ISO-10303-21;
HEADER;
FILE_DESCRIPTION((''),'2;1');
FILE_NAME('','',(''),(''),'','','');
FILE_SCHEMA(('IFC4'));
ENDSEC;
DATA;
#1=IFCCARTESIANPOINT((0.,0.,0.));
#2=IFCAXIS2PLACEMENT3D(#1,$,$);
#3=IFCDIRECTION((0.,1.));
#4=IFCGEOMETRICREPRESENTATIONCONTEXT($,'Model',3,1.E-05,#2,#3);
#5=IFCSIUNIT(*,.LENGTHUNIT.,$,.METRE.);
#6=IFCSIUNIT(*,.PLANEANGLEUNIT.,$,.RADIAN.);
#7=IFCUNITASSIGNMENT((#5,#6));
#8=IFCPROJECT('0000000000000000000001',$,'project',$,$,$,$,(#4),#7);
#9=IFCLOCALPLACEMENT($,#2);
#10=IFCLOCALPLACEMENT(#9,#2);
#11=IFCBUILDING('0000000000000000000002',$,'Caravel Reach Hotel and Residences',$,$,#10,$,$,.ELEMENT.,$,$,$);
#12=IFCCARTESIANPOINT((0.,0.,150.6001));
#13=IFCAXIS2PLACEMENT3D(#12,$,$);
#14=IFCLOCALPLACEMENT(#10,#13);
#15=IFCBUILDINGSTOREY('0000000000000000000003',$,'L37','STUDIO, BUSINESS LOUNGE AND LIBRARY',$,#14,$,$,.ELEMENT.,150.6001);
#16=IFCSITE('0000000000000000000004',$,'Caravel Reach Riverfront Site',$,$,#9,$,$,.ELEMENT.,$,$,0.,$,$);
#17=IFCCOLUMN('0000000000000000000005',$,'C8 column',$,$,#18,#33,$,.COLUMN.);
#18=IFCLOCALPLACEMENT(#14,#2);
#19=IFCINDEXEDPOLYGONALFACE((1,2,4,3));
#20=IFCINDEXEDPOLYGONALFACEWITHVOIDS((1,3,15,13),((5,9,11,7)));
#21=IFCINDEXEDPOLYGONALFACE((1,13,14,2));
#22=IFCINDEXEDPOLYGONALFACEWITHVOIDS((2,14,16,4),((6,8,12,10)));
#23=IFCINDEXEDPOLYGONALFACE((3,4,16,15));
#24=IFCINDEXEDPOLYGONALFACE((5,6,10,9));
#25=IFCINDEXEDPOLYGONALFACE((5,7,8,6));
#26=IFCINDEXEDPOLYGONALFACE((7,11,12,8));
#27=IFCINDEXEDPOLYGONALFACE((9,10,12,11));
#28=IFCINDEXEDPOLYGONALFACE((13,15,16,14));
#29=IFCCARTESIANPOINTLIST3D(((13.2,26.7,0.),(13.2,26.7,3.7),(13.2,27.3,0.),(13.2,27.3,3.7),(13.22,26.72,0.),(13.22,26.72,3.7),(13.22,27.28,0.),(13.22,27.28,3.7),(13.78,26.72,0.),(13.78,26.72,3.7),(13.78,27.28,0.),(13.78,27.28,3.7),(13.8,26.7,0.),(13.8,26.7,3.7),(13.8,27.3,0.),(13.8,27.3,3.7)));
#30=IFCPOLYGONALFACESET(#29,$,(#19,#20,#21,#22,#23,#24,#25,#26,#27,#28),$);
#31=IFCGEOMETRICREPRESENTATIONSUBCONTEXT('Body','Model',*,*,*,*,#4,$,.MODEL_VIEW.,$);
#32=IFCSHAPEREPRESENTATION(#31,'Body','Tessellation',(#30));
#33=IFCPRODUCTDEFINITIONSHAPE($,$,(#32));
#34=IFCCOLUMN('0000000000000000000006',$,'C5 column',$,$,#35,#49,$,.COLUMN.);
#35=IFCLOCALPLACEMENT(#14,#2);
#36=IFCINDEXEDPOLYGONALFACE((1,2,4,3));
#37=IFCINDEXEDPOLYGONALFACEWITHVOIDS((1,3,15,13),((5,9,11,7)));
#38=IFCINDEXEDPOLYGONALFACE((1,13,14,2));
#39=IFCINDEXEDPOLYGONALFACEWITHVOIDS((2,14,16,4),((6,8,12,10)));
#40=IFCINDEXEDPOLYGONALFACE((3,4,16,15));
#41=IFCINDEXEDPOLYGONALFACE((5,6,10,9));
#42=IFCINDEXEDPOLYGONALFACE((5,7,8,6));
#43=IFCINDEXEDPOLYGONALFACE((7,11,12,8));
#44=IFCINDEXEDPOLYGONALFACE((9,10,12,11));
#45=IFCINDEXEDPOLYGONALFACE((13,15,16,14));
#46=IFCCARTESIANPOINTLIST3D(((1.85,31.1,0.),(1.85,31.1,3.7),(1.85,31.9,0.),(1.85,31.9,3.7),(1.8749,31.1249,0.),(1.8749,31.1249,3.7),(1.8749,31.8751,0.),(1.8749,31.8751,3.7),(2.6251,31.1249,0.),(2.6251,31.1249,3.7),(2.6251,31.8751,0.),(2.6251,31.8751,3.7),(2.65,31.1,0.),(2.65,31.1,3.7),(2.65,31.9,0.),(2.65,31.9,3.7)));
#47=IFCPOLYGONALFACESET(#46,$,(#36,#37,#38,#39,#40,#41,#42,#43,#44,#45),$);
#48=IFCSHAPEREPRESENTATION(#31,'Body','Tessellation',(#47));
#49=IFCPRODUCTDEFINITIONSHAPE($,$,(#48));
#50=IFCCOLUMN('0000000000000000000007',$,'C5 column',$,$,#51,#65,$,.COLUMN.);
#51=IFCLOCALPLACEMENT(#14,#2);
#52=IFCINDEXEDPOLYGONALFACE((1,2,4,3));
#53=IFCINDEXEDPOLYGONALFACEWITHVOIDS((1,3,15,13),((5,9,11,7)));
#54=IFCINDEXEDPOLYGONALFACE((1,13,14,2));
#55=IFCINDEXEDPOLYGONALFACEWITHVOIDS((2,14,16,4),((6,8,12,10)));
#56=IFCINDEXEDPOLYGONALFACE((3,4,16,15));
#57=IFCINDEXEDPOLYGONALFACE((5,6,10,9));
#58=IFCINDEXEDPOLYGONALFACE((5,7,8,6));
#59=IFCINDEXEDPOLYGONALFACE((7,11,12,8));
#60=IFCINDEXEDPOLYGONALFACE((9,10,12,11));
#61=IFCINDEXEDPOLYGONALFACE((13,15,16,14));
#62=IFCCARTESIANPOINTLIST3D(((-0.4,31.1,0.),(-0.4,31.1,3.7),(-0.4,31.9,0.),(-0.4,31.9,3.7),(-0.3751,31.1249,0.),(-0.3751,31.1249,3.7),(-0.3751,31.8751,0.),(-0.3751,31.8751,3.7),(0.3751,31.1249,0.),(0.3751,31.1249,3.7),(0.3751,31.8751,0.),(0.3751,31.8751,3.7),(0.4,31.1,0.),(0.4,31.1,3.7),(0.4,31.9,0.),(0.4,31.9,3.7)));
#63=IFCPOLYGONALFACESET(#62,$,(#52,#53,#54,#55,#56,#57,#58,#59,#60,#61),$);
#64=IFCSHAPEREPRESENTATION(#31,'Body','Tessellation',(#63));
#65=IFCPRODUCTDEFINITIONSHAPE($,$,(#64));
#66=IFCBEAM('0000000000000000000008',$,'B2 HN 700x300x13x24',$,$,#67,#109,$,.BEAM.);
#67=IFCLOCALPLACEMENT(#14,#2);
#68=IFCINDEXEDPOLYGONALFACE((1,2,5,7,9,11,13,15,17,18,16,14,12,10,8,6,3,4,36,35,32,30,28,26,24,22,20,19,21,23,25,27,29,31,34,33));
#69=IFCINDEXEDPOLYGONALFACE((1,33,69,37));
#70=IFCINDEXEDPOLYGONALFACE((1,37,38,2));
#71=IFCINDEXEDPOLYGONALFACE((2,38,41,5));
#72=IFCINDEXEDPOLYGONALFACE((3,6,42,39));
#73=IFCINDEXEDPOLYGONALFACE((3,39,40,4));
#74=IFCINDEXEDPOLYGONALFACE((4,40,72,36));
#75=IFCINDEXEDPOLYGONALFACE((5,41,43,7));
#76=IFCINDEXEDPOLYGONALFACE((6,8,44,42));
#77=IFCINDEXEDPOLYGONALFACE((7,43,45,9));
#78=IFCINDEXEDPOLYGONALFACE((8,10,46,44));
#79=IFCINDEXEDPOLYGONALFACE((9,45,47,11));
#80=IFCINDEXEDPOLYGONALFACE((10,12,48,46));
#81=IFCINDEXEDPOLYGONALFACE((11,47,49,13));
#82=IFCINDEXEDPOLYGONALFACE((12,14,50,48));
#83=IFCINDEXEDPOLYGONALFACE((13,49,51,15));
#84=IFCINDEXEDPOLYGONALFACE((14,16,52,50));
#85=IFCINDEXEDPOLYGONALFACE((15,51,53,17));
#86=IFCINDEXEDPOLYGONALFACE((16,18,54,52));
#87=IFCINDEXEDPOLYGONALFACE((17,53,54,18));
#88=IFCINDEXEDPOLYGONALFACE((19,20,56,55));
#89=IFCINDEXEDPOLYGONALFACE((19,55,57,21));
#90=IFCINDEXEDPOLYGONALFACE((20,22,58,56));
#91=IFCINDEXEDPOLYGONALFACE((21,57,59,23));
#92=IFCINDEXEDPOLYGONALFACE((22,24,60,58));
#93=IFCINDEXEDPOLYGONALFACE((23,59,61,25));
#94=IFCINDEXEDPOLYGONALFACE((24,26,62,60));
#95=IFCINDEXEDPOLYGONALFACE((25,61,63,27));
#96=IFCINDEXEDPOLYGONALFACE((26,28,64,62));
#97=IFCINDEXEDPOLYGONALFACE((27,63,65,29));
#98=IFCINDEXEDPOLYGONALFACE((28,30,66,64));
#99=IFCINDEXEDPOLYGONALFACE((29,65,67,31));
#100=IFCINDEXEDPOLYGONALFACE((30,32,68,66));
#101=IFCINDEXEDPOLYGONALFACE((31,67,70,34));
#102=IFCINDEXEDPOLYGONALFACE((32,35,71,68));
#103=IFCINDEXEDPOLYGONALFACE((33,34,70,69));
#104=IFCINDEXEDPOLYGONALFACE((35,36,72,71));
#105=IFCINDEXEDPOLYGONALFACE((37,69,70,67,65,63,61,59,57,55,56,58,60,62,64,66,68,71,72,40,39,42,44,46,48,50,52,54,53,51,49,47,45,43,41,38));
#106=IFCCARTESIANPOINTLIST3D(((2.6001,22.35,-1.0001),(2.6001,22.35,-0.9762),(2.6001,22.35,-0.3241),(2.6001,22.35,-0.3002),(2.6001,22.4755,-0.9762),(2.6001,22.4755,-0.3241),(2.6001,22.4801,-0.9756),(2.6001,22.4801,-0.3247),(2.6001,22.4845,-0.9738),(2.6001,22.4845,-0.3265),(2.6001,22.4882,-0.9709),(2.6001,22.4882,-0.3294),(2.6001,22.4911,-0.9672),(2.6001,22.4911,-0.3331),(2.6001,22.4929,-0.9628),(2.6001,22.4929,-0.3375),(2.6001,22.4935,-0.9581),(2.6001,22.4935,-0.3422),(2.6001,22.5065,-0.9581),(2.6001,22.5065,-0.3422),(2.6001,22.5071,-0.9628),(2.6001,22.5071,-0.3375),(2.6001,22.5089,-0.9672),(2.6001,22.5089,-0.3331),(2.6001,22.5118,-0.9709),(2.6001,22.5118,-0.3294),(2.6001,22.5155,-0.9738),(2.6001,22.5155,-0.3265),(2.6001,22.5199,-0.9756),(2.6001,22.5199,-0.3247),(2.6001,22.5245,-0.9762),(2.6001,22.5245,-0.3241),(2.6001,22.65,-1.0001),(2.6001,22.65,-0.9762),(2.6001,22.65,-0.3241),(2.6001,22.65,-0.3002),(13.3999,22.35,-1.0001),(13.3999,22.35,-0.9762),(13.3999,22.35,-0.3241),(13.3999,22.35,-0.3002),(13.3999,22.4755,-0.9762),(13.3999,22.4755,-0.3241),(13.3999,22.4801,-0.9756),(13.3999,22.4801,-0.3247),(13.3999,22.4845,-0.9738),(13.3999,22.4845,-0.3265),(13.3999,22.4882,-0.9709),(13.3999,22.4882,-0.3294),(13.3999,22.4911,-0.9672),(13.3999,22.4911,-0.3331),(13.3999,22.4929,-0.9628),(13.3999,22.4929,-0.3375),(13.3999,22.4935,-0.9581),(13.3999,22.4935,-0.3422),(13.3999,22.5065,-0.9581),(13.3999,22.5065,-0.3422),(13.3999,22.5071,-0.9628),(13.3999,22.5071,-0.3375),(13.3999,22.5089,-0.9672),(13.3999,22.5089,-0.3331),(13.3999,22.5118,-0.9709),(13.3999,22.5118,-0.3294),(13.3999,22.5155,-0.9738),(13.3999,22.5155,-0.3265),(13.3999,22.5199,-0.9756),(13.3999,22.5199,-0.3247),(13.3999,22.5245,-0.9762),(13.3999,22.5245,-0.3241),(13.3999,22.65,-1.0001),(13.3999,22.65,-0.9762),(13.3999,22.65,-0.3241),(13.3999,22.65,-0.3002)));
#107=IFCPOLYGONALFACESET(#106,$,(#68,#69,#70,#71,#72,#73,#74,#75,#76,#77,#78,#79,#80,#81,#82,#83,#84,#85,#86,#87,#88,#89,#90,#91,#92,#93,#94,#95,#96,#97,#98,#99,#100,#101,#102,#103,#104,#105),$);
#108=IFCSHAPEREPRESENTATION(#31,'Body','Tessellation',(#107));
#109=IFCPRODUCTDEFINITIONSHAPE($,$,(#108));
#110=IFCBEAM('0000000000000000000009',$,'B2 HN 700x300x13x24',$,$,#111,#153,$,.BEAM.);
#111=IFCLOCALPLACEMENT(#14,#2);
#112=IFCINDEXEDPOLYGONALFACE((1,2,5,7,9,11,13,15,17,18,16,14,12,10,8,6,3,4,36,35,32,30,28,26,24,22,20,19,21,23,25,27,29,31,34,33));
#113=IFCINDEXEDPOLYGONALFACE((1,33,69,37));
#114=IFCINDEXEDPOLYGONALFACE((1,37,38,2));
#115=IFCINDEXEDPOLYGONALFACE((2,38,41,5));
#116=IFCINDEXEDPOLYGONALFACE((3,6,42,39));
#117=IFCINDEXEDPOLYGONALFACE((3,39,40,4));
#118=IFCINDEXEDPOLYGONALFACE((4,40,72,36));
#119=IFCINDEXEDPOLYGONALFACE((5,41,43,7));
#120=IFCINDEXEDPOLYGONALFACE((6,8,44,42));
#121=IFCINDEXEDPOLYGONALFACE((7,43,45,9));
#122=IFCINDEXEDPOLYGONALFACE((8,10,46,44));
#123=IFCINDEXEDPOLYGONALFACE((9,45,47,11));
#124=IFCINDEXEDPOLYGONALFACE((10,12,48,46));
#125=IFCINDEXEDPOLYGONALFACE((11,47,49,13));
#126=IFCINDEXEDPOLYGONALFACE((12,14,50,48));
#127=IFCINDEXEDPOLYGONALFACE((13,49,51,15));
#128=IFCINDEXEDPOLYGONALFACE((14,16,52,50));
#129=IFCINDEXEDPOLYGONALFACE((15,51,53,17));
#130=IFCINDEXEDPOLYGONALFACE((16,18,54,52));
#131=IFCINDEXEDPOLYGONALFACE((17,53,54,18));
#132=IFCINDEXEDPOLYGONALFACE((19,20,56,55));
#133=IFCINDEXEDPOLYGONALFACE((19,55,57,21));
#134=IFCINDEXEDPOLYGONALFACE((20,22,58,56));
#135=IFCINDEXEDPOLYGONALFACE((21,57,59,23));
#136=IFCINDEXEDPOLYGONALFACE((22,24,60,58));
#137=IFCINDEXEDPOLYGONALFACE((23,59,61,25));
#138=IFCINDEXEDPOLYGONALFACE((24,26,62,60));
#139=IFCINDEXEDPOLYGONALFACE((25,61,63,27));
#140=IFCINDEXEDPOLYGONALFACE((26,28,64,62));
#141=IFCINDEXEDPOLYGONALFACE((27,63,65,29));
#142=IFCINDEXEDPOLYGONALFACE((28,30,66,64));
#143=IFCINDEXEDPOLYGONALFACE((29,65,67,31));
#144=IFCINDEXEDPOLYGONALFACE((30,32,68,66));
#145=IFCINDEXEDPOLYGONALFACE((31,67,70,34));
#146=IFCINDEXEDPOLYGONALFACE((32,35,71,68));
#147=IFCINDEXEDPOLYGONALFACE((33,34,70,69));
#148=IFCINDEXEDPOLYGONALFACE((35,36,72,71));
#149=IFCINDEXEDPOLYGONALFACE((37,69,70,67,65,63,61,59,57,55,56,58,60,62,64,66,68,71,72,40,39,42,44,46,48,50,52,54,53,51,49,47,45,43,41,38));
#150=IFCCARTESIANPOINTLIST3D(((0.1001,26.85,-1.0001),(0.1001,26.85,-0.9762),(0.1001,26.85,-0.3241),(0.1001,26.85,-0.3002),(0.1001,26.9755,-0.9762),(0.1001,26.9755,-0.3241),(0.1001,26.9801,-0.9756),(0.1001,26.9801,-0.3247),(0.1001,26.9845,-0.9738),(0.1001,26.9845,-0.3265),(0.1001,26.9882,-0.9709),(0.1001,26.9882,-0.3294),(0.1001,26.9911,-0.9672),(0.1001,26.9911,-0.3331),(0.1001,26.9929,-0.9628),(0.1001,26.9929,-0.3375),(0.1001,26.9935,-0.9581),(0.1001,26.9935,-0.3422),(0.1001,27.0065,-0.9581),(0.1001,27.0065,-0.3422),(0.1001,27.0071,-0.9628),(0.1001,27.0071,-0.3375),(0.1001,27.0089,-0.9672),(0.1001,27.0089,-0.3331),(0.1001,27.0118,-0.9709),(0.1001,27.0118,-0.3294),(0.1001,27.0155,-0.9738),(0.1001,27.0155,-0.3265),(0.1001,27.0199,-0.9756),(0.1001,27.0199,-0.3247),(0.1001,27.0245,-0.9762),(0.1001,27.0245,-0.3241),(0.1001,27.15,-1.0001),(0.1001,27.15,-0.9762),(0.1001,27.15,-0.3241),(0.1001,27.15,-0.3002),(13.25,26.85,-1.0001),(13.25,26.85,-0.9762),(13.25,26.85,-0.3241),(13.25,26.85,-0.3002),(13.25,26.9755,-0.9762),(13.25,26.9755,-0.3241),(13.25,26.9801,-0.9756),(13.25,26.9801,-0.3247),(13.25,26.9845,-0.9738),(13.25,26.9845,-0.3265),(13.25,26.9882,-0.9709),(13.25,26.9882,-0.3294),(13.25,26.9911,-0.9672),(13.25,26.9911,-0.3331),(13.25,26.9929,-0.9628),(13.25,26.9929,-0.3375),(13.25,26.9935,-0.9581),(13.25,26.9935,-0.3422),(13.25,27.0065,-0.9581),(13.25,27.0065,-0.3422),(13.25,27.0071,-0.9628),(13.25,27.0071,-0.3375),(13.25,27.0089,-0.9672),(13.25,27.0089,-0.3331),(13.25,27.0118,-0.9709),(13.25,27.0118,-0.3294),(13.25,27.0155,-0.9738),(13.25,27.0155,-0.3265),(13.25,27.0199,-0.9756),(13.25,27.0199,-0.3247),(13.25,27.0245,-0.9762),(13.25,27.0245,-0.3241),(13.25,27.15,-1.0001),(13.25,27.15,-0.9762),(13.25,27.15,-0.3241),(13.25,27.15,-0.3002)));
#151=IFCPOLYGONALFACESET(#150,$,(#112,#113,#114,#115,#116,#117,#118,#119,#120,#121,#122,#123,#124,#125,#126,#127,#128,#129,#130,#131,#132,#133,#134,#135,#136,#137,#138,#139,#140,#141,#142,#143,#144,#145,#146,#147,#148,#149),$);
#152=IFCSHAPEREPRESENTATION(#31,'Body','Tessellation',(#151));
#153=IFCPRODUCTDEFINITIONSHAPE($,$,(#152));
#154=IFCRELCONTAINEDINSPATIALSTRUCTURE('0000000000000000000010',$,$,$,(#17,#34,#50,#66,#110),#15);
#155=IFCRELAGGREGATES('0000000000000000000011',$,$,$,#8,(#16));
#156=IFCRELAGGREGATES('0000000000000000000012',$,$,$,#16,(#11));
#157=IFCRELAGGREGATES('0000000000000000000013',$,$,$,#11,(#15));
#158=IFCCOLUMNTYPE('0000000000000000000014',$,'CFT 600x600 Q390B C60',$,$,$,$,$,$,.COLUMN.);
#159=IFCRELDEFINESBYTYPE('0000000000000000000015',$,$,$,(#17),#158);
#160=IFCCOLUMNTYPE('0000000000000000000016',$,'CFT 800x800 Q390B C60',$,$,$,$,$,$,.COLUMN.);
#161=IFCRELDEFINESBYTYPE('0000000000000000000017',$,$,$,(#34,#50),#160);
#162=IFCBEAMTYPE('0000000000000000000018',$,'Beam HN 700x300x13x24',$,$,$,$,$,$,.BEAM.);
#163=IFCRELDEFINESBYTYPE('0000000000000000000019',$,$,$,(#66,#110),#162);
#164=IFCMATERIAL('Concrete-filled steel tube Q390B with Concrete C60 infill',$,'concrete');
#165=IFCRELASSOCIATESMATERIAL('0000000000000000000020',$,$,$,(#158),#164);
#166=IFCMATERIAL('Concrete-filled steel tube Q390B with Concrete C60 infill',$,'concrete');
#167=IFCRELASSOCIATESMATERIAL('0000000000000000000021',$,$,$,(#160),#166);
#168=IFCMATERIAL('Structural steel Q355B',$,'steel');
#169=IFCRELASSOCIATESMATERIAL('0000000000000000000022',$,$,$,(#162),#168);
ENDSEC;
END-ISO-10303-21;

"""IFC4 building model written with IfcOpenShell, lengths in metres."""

from ifc_helpers import new_model, si_unit, direction, frame, origin, origin_2d, place, context, subcontext, project, spatial, hollow_rectangle, i_section, extrude, material, material_profile, profile_set, type_object, element, save


model = new_model("IFC4")

# Units and contexts
model_context = context("Model", 3, precision=1e-05, world=origin(), true_north=direction((0.0, 1.0)))
body_context = subcontext(model_context, "Body", "Model", "MODEL_VIEW")
ifc_project = project(units=[si_unit("LENGTHUNIT", "METRE"), si_unit("PLANEANGLEUNIT", "RADIAN")], contexts=[model_context])

# Site, building, storey
site_placement = place(None, origin())
site = spatial("IfcSite", under=ifc_project, at=site_placement, Name="Caravel Reach Riverfront Site", CompositionType="ELEMENT", RefElevation=0.0)
building_placement = place(site_placement, origin())
building = spatial("IfcBuilding", under=site, at=building_placement, Name="Caravel Reach Hotel and Residences", CompositionType="ELEMENT")
storey_placement = place(building_placement, frame((0.0, 0.0, 150.6001)))
storey = spatial("IfcBuildingStorey", under=building, at=storey_placement, Name="L37", Description="STUDIO, BUSINESS LOUNGE AND LIBRARY", CompositionType="ELEMENT", Elevation=150.6001)

# Columns
ifc_material_1 = material(Name="Concrete-filled steel tube Q390B with Concrete C60 infill", Category="concrete")
ifc_material_profile_1 = material_profile(ifc_material_1, hollow_rectangle(XDim=0.6001, YDim=0.6001, WallThickness=0.02, at=origin_2d()), Name="RHS 600x600x20")
ifc_profile_set_1 = profile_set([ifc_material_profile_1], Name="Concrete-filled steel tube Q390B with Concrete C60 infill")
column_type_1 = type_object("IfcColumnType", Name="CFT 600x600 Q390B C60", PredefinedType="COLUMN", material=ifc_profile_set_1)
column_placement = place(storey_placement, frame((13.5, 27.0, 0.0), z_axis=(0.0, 0.0, 1.0), x_axis=(1.0, 0.0, 0.0)))
element("IfcColumn", 1, at=column_placement, inside=storey, type_object=column_type_1, Name="C8 column", PredefinedType="COLUMN", context=body_context, shape_type="SweptSolid", body=[
    extrude(hollow_rectangle(XDim=0.6001, YDim=0.6001, WallThickness=0.02, at=origin_2d()), origin(), (0.0, 0.0, 1.0), 3.7),
])
ifc_material_2 = material(Name="Concrete-filled steel tube Q390B with Concrete C60 infill", Category="concrete")
ifc_material_profile_2 = material_profile(ifc_material_2, hollow_rectangle(XDim=0.8, YDim=0.8, WallThickness=0.0249, at=origin_2d()), Name="RHS 800x800x25")
ifc_profile_set_2 = profile_set([ifc_material_profile_2], Name="Concrete-filled steel tube Q390B with Concrete C60 infill")
column_type_2 = type_object("IfcColumnType", Name="CFT 800x800 Q390B C60", PredefinedType="COLUMN", material=ifc_profile_set_2)
for number, where, z_axis, x_axis, name in (
    (2, (2.25, 31.5, 0.0), (0.0, 0.0, 1.0), (1.0, 0.0, 0.0), "C5 column"),
    (3, (0.0, 31.5, 0.0), (0.0, 0.0, 1.0), (1.0, 0.0, 0.0), "C5 column"),
):
    element("IfcColumn", number, at=place(storey_placement, frame(where, z_axis=z_axis, x_axis=x_axis)), inside=storey, type_object=column_type_2, Name=name, PredefinedType="COLUMN", context=body_context, shape_type="SweptSolid", body=[
        extrude(hollow_rectangle(XDim=0.8, YDim=0.8, WallThickness=0.0249, at=origin_2d()), origin(), (0.0, 0.0, 1.0), 3.7),
    ])

# Beams
ifc_material_3 = material(Name="Structural steel Q355B", Category="steel")
ifc_material_profile_3 = material_profile(ifc_material_3, i_section(OverallWidth=0.3, OverallDepth=0.7, WebThickness=0.0129, FlangeThickness=0.0239, FilletRadius=0.0181, at=origin_2d()), Name="HN 700x300x13x24")
ifc_profile_set_3 = profile_set([ifc_material_profile_3], Name="Structural steel Q355B")
beam_type_1 = type_object("IfcBeamType", Name="Beam HN 700x300x13x24", PredefinedType="BEAM", material=ifc_profile_set_3)
beam_1_placement = place(storey_placement, frame((13.3999, 22.5, -0.6501), z_axis=(-1.0, 0.0, 0.0), x_axis=(0.0, -1.0, 0.0)))
element("IfcBeam", 4, at=beam_1_placement, inside=storey, type_object=beam_type_1, Name="B2 HN 700x300x13x24", PredefinedType="BEAM", context=body_context, shape_type="SweptSolid", body=[
    extrude(i_section(OverallWidth=0.3, OverallDepth=0.7, WebThickness=0.0129, FlangeThickness=0.0239, FilletRadius=0.0181, at=origin_2d()), origin(), (0.0, 0.0, 1.0), 10.7998),
])
beam_2_placement = place(storey_placement, frame((13.25, 27.0, -0.6501), z_axis=(-1.0, 0.0, 0.0), x_axis=(0.0, -1.0, 0.0)))
element("IfcBeam", 5, at=beam_2_placement, inside=storey, type_object=beam_type_1, Name="B2 HN 700x300x13x24", PredefinedType="BEAM", context=body_context, shape_type="SweptSolid", body=[
    extrude(i_section(OverallWidth=0.3, OverallDepth=0.7, WebThickness=0.0129, FlangeThickness=0.0239, FilletRadius=0.0181, at=origin_2d()), origin(), (0.0, 0.0, 1.0), 13.1499),
])

save(model, "model.ifc")
